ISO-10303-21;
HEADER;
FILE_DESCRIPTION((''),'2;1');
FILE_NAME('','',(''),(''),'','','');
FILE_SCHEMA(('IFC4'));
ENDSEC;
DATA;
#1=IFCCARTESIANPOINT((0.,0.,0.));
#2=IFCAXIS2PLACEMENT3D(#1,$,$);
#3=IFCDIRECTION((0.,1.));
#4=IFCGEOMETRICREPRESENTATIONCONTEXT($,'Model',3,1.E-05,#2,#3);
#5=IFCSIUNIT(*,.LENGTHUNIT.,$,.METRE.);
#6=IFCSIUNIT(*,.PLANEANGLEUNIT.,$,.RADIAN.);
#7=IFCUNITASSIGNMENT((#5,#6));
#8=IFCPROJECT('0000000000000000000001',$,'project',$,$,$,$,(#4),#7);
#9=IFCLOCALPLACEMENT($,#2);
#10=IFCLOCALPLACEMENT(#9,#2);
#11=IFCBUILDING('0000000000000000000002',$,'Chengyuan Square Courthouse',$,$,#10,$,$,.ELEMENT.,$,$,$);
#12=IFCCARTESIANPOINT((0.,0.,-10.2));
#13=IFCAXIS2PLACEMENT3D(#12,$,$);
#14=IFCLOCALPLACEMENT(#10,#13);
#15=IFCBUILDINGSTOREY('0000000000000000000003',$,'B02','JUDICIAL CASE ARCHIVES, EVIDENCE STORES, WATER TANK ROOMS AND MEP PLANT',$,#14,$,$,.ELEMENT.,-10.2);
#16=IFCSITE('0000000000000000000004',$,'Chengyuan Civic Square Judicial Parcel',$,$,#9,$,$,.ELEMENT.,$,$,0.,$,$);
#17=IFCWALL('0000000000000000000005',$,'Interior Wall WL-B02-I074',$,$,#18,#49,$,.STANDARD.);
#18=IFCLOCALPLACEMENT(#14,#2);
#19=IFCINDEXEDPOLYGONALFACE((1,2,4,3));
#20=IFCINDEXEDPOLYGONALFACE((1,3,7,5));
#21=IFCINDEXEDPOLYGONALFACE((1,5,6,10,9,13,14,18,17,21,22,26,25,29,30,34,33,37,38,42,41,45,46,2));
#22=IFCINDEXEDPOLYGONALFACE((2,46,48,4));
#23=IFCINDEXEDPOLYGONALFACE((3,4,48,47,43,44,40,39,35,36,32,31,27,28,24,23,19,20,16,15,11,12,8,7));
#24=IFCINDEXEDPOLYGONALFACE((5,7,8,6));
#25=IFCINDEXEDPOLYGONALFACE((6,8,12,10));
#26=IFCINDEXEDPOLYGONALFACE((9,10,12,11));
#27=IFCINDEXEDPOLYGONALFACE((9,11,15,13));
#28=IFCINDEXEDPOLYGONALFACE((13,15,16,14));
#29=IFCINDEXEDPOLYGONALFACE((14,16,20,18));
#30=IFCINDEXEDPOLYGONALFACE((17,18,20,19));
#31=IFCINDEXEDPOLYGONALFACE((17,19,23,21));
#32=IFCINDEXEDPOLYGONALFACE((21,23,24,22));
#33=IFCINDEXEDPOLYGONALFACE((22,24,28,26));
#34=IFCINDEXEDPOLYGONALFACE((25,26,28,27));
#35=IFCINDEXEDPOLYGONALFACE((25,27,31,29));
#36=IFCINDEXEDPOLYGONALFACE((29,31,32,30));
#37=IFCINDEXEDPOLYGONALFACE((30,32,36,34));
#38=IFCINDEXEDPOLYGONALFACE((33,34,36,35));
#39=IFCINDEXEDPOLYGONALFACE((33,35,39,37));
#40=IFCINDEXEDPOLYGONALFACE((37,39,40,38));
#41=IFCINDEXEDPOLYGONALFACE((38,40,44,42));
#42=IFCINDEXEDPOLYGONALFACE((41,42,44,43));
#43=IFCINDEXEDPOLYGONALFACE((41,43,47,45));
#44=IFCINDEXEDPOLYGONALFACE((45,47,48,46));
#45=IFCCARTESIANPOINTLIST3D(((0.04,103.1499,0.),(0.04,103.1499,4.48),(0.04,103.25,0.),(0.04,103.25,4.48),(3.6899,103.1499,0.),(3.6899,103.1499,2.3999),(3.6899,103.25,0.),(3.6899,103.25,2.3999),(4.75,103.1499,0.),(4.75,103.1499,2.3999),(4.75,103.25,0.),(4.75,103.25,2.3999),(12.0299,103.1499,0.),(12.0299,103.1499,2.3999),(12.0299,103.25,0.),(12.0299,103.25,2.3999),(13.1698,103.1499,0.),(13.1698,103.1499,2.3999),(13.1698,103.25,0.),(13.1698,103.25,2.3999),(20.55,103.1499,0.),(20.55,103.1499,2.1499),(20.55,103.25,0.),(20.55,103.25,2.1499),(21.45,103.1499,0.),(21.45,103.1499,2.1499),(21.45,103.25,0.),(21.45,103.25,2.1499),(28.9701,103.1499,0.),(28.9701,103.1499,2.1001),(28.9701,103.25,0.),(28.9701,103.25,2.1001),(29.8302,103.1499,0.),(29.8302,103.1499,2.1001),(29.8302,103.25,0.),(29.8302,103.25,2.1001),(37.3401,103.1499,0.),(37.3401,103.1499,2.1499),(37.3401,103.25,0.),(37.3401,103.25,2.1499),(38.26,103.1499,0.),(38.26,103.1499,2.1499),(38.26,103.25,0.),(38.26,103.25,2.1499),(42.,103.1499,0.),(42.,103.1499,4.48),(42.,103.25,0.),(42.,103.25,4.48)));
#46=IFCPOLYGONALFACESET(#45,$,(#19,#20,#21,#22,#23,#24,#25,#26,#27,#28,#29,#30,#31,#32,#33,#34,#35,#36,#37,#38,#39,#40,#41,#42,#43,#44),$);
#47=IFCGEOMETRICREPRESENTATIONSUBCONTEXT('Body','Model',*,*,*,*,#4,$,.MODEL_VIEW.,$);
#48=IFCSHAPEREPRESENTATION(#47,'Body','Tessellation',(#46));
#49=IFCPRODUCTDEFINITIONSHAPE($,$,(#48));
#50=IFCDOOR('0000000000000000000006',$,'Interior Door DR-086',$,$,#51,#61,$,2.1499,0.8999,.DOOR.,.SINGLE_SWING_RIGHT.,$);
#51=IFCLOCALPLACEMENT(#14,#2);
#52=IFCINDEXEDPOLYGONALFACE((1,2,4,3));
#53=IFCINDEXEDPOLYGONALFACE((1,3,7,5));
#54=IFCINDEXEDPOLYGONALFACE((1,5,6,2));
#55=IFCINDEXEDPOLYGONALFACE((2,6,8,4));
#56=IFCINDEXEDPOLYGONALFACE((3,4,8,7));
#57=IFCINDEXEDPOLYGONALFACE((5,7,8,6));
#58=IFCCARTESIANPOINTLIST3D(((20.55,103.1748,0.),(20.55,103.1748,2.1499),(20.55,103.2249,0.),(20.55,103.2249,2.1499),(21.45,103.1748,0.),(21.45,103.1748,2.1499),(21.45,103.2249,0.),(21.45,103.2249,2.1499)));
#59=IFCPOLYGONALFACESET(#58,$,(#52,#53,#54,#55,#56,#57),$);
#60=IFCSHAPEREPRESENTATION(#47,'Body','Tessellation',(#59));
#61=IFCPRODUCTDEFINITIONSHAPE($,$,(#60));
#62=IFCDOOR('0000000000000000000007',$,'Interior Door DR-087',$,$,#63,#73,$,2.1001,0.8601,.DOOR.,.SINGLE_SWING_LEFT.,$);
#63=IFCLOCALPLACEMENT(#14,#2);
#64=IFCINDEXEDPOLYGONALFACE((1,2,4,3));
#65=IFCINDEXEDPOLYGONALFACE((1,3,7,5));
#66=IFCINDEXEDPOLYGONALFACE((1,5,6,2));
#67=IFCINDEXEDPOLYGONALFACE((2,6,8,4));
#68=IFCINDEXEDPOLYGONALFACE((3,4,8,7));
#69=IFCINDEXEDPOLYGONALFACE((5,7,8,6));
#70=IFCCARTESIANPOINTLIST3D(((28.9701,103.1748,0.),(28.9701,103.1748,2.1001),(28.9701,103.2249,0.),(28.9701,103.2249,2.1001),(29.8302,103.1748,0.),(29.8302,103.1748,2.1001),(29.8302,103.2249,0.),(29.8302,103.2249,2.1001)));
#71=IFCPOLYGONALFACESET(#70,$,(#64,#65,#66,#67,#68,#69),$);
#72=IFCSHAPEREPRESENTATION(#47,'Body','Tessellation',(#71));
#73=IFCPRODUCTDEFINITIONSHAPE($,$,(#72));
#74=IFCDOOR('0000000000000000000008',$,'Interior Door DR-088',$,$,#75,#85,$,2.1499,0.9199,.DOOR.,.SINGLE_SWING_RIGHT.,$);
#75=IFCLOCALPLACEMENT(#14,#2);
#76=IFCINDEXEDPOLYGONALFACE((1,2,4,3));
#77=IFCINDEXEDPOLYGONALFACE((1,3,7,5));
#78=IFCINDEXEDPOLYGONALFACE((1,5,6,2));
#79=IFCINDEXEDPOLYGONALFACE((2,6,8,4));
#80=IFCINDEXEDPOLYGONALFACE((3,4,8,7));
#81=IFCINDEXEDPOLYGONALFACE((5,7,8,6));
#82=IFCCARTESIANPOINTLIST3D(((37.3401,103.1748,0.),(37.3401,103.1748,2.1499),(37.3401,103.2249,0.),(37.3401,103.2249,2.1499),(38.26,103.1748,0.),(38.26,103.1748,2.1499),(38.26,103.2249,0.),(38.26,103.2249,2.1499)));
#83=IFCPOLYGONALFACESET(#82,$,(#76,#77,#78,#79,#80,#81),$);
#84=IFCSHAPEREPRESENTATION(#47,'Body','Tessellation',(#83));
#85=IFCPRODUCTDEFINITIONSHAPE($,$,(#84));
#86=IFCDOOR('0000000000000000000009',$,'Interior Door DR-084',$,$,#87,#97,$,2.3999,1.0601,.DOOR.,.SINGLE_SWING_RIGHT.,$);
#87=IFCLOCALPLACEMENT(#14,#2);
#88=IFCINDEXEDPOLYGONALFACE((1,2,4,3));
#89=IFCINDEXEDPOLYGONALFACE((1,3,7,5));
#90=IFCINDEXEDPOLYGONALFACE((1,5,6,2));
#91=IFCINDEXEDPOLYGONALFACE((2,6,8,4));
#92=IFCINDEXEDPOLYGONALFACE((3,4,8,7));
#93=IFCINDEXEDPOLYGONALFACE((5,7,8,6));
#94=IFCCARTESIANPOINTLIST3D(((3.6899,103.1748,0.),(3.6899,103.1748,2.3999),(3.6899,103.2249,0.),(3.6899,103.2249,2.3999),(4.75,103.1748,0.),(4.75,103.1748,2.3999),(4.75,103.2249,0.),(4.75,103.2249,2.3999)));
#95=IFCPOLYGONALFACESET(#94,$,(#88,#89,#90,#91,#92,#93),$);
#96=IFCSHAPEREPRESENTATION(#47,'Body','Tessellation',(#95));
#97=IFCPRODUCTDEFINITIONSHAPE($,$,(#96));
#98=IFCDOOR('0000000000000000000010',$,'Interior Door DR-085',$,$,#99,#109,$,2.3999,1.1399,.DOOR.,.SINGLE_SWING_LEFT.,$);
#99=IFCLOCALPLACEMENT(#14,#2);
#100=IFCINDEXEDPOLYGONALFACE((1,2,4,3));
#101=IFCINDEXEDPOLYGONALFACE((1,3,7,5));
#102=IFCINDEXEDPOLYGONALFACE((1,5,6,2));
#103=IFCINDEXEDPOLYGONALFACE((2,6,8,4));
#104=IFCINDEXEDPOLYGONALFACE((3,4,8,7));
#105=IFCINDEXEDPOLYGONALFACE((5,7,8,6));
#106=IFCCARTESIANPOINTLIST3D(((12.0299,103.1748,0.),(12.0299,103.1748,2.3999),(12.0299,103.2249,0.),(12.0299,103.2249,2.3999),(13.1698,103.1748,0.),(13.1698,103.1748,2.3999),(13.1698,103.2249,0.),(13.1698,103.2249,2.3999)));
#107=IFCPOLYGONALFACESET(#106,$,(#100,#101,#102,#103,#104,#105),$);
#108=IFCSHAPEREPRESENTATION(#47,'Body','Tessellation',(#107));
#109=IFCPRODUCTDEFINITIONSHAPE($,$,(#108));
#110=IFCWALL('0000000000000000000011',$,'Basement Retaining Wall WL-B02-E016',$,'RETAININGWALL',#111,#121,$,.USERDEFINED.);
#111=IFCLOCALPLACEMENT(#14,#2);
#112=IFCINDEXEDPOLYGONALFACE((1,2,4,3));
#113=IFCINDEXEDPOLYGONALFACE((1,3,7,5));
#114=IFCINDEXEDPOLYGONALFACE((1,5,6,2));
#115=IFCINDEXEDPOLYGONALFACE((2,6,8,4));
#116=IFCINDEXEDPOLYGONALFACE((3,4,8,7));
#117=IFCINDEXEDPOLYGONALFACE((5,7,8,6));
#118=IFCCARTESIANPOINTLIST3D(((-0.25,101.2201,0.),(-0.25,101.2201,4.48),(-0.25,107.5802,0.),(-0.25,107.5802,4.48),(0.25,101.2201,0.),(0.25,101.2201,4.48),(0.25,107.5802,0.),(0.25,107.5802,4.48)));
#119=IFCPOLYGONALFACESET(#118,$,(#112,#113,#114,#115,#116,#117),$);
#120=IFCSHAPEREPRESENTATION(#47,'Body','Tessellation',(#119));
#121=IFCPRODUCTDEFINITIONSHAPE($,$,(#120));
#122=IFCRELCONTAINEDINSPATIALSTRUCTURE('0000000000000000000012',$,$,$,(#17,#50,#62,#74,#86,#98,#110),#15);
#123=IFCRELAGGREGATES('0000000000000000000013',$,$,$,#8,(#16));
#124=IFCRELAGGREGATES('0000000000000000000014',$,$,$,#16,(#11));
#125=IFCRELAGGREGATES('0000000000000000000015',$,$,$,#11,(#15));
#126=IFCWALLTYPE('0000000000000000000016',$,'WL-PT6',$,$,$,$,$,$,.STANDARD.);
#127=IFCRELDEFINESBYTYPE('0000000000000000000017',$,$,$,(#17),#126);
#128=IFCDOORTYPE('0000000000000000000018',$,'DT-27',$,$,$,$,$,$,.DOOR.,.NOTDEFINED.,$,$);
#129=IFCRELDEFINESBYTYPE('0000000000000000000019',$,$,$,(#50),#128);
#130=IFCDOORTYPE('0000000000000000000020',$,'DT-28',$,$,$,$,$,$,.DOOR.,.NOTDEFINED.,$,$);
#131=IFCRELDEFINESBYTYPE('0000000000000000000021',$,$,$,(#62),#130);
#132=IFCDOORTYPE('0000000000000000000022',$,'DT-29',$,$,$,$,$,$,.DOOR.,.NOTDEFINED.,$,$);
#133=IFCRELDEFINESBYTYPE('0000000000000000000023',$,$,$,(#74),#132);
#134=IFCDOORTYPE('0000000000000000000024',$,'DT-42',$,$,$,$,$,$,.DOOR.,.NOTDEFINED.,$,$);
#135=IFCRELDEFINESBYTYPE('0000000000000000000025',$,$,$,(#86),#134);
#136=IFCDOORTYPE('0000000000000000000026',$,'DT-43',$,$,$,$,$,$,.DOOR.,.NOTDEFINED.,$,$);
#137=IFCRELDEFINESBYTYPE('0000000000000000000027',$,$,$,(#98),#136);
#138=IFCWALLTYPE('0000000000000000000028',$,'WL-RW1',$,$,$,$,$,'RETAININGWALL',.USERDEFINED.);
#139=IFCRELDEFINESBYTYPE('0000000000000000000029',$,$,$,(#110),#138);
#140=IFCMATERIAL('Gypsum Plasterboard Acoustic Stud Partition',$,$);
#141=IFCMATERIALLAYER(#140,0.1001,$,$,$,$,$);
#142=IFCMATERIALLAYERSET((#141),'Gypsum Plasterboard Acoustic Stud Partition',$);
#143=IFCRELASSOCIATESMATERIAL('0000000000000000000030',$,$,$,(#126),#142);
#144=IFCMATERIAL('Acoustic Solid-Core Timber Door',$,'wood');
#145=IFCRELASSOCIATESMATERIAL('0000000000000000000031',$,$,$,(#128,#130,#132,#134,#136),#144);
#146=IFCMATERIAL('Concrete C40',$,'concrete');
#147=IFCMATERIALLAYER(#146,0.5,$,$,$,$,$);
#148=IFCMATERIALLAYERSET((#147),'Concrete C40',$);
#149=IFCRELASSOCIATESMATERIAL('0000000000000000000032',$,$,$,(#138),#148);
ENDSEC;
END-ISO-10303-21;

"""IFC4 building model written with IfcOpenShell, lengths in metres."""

from ifc_helpers import new_model, si_unit, direction, frame, frame_2d, origin, place, context, subcontext, project, spatial, rectangle, extrude, material, layer, layer_set, type_object, element, fill, save


model = new_model("IFC4")

# Units and contexts
model_context = context("Model", 3, precision=1e-05, world=origin(), true_north=direction((0.0, 1.0)))
body_context = subcontext(model_context, "Body", "Model", "MODEL_VIEW")
ifc_project = project(units=[si_unit("LENGTHUNIT", "METRE"), si_unit("PLANEANGLEUNIT", "RADIAN")], contexts=[model_context])

# Site, building, storey
site_placement = place(None, origin())
site = spatial("IfcSite", under=ifc_project, at=site_placement, Name="Chengyuan Civic Square Judicial Parcel", CompositionType="ELEMENT", RefElevation=0.0)
building_placement = place(site_placement, origin())
building = spatial("IfcBuilding", under=site, at=building_placement, Name="Chengyuan Square Courthouse", CompositionType="ELEMENT")
storey_placement = place(building_placement, frame((0.0, 0.0, -10.2)))
storey = spatial("IfcBuildingStorey", under=building, at=storey_placement, Name="B02", Description="JUDICIAL CASE ARCHIVES, EVIDENCE STORES, WATER TANK ROOMS AND MEP PLANT", CompositionType="ELEMENT", Elevation=-10.2)

# Shared definitions
ifc_material_1 = material(Name="Concrete C40", Category="concrete")

# Wall, openings, doors
ifc_material_2 = material(Name="Gypsum Plasterboard Acoustic Stud Partition")
ifc_layer_1 = layer(ifc_material_2, 0.1001)
ifc_layer_set_1 = layer_set([ifc_layer_1], Name="Gypsum Plasterboard Acoustic Stud Partition")
wall_type_1 = type_object("IfcWallType", Name="WL-PT6", PredefinedType="STANDARD", material=ifc_layer_set_1)
ifc_material_3 = material(Name="Acoustic Solid-Core Timber Door", Category="wood")
wall_1_placement = place(storey_placement, frame((0.04, 103.2, 0.0), z_axis=(0.0, 0.0, 1.0), x_axis=(1.0, 0.0, 0.0)))
wall_1 = element("IfcWall", 1, at=wall_1_placement, inside=storey, type_object=wall_type_1, Name="Interior Wall WL-B02-I074", PredefinedType="STANDARD", context=body_context, shape_type="SweptSolid", body=[
    extrude(rectangle(XDim=41.96, YDim=0.1001, at=frame_2d((20.98, 0.0))), origin(), (0.0, 0.0, 1.0), 4.48),
])
opening_1_placement = place(wall_1_placement, frame((3.6499, 0.0, 0.0)))
opening_1 = element("IfcOpeningElement", 2, at=opening_1_placement, cuts=wall_1, PredefinedType="OPENING", context=body_context, shape_type="SweptSolid", body=[
    extrude(rectangle(XDim=1.0601, YDim=2.3999, at=frame_2d((0.53, 1.2))), frame((0.0, 0.062, 0.0), z_axis=(0.0, -1.0, 0.0), x_axis=(1.0, 0.0, 0.0)), (0.0, 0.0, 1.0), 0.124),
])
opening_2_placement = place(wall_1_placement, frame((11.99, 0.0, 0.0)))
opening_2 = element("IfcOpeningElement", 3, at=opening_2_placement, cuts=wall_1, PredefinedType="OPENING", context=body_context, shape_type="SweptSolid", body=[
    extrude(rectangle(XDim=1.1399, YDim=2.3999, at=frame_2d((0.5698, 1.2))), frame((0.0, 0.062, 0.0), z_axis=(0.0, -1.0, 0.0), x_axis=(1.0, 0.0, 0.0)), (0.0, 0.0, 1.0), 0.124),
])
opening_3_placement = place(wall_1_placement, frame((20.51, 0.0, 0.0)))
opening_3 = element("IfcOpeningElement", 4, at=opening_3_placement, cuts=wall_1, PredefinedType="OPENING", context=body_context, shape_type="SweptSolid", body=[
    extrude(rectangle(XDim=0.8999, YDim=2.1499, at=frame_2d((0.45, 1.075))), frame((0.0, 0.062, 0.0), z_axis=(0.0, -1.0, 0.0), x_axis=(1.0, 0.0, 0.0)), (0.0, 0.0, 1.0), 0.124),
])
opening_4_placement = place(wall_1_placement, frame((28.9299, 0.0, 0.0)))
opening_4 = element("IfcOpeningElement", 5, at=opening_4_placement, cuts=wall_1, PredefinedType="OPENING", context=body_context, shape_type="SweptSolid", body=[
    extrude(rectangle(XDim=0.8601, YDim=2.1001, at=frame_2d((0.4302, 1.05))), frame((0.0, 0.062, 0.0), z_axis=(0.0, -1.0, 0.0), x_axis=(1.0, 0.0, 0.0)), (0.0, 0.0, 1.0), 0.124),
])
opening_5_placement = place(wall_1_placement, frame((37.3, 0.0, 0.0)))
opening_5 = element("IfcOpeningElement", 6, at=opening_5_placement, cuts=wall_1, PredefinedType="OPENING", context=body_context, shape_type="SweptSolid", body=[
    extrude(rectangle(XDim=0.9199, YDim=2.1499, at=frame_2d((0.46, 1.075))), frame((0.0, 0.062, 0.0), z_axis=(0.0, -1.0, 0.0), x_axis=(1.0, 0.0, 0.0)), (0.0, 0.0, 1.0), 0.124),
])
door_type_1 = type_object("IfcDoorType", Name="DT-27", OperationType="NOTDEFINED", PredefinedType="DOOR", material=ifc_material_3)
door_1_placement = place(opening_3_placement, origin())
door_1 = element("IfcDoor", 7, at=door_1_placement, inside=storey, type_object=door_type_1, Name="Interior Door DR-086", OperationType="SINGLE_SWING_RIGHT", OverallHeight=2.1499, OverallWidth=0.8999, PredefinedType="DOOR", context=body_context, shape_type="SweptSolid", body=[
    extrude(rectangle(XDim=0.8999, YDim=2.1499, at=frame_2d((0.45, 1.075))), frame((0.0, 0.0249, 0.0), z_axis=(0.0, -1.0, 0.0), x_axis=(1.0, 0.0, 0.0)), (0.0, 0.0, 1.0), 0.05),
])
fill(opening_3, door_1)
door_type_2 = type_object("IfcDoorType", Name="DT-28", OperationType="NOTDEFINED", PredefinedType="DOOR", material=ifc_material_3)
door_2_placement = place(opening_4_placement, origin())
door_2 = element("IfcDoor", 8, at=door_2_placement, inside=storey, type_object=door_type_2, Name="Interior Door DR-087", OperationType="SINGLE_SWING_LEFT", OverallHeight=2.1001, OverallWidth=0.8601, PredefinedType="DOOR", context=body_context, shape_type="SweptSolid", body=[
    extrude(rectangle(XDim=0.8601, YDim=2.1001, at=frame_2d((0.4302, 1.05))), frame((0.0, 0.0249, 0.0), z_axis=(0.0, -1.0, 0.0), x_axis=(1.0, 0.0, 0.0)), (0.0, 0.0, 1.0), 0.05),
])
fill(opening_4, door_2)
door_type_3 = type_object("IfcDoorType", Name="DT-29", OperationType="NOTDEFINED", PredefinedType="DOOR", material=ifc_material_3)
door_3_placement = place(opening_5_placement, origin())
door_3 = element("IfcDoor", 9, at=door_3_placement, inside=storey, type_object=door_type_3, Name="Interior Door DR-088", OperationType="SINGLE_SWING_RIGHT", OverallHeight=2.1499, OverallWidth=0.9199, PredefinedType="DOOR", context=body_context, shape_type="SweptSolid", body=[
    extrude(rectangle(XDim=0.9199, YDim=2.1499, at=frame_2d((0.46, 1.075))), frame((0.0, 0.0249, 0.0), z_axis=(0.0, -1.0, 0.0), x_axis=(1.0, 0.0, 0.0)), (0.0, 0.0, 1.0), 0.05),
])
fill(opening_5, door_3)
door_type_4 = type_object("IfcDoorType", Name="DT-42", OperationType="NOTDEFINED", PredefinedType="DOOR", material=ifc_material_3)
door_4_placement = place(opening_1_placement, origin())
door_4 = element("IfcDoor", 10, at=door_4_placement, inside=storey, type_object=door_type_4, Name="Interior Door DR-084", OperationType="SINGLE_SWING_RIGHT", OverallHeight=2.3999, OverallWidth=1.0601, PredefinedType="DOOR", context=body_context, shape_type="SweptSolid", body=[
    extrude(rectangle(XDim=1.0601, YDim=2.3999, at=frame_2d((0.53, 1.2))), frame((0.0, 0.0249, 0.0), z_axis=(0.0, -1.0, 0.0), x_axis=(1.0, 0.0, 0.0)), (0.0, 0.0, 1.0), 0.05),
])
fill(opening_1, door_4)
door_type_5 = type_object("IfcDoorType", Name="DT-43", OperationType="NOTDEFINED", PredefinedType="DOOR", material=ifc_material_3)
door_5_placement = place(opening_2_placement, origin())
door_5 = element("IfcDoor", 11, at=door_5_placement, inside=storey, type_object=door_type_5, Name="Interior Door DR-085", OperationType="SINGLE_SWING_LEFT", OverallHeight=2.3999, OverallWidth=1.1399, PredefinedType="DOOR", context=body_context, shape_type="SweptSolid", body=[
    extrude(rectangle(XDim=1.1399, YDim=2.3999, at=frame_2d((0.5698, 1.2))), frame((0.0, 0.0249, 0.0), z_axis=(0.0, -1.0, 0.0), x_axis=(1.0, 0.0, 0.0)), (0.0, 0.0, 1.0), 0.05),
])
fill(opening_2, door_5)

# Wall
ifc_layer_2 = layer(ifc_material_1, 0.5)
ifc_layer_set_2 = layer_set([ifc_layer_2], Name="Concrete C40")
wall_type_2 = type_object("IfcWallType", Name="WL-RW1", ElementType="RETAININGWALL", PredefinedType="USERDEFINED", material=ifc_layer_set_2)
wall_2_placement = place(storey_placement, frame((0.0, 101.22, 0.0), z_axis=(0.0, 0.0, 1.0), x_axis=(0.0, 1.0, 0.0)))
element("IfcWall", 12, at=wall_2_placement, inside=storey, type_object=wall_type_2, Name="Basement Retaining Wall WL-B02-E016", ObjectType="RETAININGWALL", PredefinedType="USERDEFINED", context=body_context, shape_type="SweptSolid", body=[
    extrude(rectangle(XDim=6.3601, YDim=0.5, at=frame_2d((3.1802, 0.0))), origin(), (0.0, 0.0, 1.0), 4.48),
])

save(model, "model.ifc")
